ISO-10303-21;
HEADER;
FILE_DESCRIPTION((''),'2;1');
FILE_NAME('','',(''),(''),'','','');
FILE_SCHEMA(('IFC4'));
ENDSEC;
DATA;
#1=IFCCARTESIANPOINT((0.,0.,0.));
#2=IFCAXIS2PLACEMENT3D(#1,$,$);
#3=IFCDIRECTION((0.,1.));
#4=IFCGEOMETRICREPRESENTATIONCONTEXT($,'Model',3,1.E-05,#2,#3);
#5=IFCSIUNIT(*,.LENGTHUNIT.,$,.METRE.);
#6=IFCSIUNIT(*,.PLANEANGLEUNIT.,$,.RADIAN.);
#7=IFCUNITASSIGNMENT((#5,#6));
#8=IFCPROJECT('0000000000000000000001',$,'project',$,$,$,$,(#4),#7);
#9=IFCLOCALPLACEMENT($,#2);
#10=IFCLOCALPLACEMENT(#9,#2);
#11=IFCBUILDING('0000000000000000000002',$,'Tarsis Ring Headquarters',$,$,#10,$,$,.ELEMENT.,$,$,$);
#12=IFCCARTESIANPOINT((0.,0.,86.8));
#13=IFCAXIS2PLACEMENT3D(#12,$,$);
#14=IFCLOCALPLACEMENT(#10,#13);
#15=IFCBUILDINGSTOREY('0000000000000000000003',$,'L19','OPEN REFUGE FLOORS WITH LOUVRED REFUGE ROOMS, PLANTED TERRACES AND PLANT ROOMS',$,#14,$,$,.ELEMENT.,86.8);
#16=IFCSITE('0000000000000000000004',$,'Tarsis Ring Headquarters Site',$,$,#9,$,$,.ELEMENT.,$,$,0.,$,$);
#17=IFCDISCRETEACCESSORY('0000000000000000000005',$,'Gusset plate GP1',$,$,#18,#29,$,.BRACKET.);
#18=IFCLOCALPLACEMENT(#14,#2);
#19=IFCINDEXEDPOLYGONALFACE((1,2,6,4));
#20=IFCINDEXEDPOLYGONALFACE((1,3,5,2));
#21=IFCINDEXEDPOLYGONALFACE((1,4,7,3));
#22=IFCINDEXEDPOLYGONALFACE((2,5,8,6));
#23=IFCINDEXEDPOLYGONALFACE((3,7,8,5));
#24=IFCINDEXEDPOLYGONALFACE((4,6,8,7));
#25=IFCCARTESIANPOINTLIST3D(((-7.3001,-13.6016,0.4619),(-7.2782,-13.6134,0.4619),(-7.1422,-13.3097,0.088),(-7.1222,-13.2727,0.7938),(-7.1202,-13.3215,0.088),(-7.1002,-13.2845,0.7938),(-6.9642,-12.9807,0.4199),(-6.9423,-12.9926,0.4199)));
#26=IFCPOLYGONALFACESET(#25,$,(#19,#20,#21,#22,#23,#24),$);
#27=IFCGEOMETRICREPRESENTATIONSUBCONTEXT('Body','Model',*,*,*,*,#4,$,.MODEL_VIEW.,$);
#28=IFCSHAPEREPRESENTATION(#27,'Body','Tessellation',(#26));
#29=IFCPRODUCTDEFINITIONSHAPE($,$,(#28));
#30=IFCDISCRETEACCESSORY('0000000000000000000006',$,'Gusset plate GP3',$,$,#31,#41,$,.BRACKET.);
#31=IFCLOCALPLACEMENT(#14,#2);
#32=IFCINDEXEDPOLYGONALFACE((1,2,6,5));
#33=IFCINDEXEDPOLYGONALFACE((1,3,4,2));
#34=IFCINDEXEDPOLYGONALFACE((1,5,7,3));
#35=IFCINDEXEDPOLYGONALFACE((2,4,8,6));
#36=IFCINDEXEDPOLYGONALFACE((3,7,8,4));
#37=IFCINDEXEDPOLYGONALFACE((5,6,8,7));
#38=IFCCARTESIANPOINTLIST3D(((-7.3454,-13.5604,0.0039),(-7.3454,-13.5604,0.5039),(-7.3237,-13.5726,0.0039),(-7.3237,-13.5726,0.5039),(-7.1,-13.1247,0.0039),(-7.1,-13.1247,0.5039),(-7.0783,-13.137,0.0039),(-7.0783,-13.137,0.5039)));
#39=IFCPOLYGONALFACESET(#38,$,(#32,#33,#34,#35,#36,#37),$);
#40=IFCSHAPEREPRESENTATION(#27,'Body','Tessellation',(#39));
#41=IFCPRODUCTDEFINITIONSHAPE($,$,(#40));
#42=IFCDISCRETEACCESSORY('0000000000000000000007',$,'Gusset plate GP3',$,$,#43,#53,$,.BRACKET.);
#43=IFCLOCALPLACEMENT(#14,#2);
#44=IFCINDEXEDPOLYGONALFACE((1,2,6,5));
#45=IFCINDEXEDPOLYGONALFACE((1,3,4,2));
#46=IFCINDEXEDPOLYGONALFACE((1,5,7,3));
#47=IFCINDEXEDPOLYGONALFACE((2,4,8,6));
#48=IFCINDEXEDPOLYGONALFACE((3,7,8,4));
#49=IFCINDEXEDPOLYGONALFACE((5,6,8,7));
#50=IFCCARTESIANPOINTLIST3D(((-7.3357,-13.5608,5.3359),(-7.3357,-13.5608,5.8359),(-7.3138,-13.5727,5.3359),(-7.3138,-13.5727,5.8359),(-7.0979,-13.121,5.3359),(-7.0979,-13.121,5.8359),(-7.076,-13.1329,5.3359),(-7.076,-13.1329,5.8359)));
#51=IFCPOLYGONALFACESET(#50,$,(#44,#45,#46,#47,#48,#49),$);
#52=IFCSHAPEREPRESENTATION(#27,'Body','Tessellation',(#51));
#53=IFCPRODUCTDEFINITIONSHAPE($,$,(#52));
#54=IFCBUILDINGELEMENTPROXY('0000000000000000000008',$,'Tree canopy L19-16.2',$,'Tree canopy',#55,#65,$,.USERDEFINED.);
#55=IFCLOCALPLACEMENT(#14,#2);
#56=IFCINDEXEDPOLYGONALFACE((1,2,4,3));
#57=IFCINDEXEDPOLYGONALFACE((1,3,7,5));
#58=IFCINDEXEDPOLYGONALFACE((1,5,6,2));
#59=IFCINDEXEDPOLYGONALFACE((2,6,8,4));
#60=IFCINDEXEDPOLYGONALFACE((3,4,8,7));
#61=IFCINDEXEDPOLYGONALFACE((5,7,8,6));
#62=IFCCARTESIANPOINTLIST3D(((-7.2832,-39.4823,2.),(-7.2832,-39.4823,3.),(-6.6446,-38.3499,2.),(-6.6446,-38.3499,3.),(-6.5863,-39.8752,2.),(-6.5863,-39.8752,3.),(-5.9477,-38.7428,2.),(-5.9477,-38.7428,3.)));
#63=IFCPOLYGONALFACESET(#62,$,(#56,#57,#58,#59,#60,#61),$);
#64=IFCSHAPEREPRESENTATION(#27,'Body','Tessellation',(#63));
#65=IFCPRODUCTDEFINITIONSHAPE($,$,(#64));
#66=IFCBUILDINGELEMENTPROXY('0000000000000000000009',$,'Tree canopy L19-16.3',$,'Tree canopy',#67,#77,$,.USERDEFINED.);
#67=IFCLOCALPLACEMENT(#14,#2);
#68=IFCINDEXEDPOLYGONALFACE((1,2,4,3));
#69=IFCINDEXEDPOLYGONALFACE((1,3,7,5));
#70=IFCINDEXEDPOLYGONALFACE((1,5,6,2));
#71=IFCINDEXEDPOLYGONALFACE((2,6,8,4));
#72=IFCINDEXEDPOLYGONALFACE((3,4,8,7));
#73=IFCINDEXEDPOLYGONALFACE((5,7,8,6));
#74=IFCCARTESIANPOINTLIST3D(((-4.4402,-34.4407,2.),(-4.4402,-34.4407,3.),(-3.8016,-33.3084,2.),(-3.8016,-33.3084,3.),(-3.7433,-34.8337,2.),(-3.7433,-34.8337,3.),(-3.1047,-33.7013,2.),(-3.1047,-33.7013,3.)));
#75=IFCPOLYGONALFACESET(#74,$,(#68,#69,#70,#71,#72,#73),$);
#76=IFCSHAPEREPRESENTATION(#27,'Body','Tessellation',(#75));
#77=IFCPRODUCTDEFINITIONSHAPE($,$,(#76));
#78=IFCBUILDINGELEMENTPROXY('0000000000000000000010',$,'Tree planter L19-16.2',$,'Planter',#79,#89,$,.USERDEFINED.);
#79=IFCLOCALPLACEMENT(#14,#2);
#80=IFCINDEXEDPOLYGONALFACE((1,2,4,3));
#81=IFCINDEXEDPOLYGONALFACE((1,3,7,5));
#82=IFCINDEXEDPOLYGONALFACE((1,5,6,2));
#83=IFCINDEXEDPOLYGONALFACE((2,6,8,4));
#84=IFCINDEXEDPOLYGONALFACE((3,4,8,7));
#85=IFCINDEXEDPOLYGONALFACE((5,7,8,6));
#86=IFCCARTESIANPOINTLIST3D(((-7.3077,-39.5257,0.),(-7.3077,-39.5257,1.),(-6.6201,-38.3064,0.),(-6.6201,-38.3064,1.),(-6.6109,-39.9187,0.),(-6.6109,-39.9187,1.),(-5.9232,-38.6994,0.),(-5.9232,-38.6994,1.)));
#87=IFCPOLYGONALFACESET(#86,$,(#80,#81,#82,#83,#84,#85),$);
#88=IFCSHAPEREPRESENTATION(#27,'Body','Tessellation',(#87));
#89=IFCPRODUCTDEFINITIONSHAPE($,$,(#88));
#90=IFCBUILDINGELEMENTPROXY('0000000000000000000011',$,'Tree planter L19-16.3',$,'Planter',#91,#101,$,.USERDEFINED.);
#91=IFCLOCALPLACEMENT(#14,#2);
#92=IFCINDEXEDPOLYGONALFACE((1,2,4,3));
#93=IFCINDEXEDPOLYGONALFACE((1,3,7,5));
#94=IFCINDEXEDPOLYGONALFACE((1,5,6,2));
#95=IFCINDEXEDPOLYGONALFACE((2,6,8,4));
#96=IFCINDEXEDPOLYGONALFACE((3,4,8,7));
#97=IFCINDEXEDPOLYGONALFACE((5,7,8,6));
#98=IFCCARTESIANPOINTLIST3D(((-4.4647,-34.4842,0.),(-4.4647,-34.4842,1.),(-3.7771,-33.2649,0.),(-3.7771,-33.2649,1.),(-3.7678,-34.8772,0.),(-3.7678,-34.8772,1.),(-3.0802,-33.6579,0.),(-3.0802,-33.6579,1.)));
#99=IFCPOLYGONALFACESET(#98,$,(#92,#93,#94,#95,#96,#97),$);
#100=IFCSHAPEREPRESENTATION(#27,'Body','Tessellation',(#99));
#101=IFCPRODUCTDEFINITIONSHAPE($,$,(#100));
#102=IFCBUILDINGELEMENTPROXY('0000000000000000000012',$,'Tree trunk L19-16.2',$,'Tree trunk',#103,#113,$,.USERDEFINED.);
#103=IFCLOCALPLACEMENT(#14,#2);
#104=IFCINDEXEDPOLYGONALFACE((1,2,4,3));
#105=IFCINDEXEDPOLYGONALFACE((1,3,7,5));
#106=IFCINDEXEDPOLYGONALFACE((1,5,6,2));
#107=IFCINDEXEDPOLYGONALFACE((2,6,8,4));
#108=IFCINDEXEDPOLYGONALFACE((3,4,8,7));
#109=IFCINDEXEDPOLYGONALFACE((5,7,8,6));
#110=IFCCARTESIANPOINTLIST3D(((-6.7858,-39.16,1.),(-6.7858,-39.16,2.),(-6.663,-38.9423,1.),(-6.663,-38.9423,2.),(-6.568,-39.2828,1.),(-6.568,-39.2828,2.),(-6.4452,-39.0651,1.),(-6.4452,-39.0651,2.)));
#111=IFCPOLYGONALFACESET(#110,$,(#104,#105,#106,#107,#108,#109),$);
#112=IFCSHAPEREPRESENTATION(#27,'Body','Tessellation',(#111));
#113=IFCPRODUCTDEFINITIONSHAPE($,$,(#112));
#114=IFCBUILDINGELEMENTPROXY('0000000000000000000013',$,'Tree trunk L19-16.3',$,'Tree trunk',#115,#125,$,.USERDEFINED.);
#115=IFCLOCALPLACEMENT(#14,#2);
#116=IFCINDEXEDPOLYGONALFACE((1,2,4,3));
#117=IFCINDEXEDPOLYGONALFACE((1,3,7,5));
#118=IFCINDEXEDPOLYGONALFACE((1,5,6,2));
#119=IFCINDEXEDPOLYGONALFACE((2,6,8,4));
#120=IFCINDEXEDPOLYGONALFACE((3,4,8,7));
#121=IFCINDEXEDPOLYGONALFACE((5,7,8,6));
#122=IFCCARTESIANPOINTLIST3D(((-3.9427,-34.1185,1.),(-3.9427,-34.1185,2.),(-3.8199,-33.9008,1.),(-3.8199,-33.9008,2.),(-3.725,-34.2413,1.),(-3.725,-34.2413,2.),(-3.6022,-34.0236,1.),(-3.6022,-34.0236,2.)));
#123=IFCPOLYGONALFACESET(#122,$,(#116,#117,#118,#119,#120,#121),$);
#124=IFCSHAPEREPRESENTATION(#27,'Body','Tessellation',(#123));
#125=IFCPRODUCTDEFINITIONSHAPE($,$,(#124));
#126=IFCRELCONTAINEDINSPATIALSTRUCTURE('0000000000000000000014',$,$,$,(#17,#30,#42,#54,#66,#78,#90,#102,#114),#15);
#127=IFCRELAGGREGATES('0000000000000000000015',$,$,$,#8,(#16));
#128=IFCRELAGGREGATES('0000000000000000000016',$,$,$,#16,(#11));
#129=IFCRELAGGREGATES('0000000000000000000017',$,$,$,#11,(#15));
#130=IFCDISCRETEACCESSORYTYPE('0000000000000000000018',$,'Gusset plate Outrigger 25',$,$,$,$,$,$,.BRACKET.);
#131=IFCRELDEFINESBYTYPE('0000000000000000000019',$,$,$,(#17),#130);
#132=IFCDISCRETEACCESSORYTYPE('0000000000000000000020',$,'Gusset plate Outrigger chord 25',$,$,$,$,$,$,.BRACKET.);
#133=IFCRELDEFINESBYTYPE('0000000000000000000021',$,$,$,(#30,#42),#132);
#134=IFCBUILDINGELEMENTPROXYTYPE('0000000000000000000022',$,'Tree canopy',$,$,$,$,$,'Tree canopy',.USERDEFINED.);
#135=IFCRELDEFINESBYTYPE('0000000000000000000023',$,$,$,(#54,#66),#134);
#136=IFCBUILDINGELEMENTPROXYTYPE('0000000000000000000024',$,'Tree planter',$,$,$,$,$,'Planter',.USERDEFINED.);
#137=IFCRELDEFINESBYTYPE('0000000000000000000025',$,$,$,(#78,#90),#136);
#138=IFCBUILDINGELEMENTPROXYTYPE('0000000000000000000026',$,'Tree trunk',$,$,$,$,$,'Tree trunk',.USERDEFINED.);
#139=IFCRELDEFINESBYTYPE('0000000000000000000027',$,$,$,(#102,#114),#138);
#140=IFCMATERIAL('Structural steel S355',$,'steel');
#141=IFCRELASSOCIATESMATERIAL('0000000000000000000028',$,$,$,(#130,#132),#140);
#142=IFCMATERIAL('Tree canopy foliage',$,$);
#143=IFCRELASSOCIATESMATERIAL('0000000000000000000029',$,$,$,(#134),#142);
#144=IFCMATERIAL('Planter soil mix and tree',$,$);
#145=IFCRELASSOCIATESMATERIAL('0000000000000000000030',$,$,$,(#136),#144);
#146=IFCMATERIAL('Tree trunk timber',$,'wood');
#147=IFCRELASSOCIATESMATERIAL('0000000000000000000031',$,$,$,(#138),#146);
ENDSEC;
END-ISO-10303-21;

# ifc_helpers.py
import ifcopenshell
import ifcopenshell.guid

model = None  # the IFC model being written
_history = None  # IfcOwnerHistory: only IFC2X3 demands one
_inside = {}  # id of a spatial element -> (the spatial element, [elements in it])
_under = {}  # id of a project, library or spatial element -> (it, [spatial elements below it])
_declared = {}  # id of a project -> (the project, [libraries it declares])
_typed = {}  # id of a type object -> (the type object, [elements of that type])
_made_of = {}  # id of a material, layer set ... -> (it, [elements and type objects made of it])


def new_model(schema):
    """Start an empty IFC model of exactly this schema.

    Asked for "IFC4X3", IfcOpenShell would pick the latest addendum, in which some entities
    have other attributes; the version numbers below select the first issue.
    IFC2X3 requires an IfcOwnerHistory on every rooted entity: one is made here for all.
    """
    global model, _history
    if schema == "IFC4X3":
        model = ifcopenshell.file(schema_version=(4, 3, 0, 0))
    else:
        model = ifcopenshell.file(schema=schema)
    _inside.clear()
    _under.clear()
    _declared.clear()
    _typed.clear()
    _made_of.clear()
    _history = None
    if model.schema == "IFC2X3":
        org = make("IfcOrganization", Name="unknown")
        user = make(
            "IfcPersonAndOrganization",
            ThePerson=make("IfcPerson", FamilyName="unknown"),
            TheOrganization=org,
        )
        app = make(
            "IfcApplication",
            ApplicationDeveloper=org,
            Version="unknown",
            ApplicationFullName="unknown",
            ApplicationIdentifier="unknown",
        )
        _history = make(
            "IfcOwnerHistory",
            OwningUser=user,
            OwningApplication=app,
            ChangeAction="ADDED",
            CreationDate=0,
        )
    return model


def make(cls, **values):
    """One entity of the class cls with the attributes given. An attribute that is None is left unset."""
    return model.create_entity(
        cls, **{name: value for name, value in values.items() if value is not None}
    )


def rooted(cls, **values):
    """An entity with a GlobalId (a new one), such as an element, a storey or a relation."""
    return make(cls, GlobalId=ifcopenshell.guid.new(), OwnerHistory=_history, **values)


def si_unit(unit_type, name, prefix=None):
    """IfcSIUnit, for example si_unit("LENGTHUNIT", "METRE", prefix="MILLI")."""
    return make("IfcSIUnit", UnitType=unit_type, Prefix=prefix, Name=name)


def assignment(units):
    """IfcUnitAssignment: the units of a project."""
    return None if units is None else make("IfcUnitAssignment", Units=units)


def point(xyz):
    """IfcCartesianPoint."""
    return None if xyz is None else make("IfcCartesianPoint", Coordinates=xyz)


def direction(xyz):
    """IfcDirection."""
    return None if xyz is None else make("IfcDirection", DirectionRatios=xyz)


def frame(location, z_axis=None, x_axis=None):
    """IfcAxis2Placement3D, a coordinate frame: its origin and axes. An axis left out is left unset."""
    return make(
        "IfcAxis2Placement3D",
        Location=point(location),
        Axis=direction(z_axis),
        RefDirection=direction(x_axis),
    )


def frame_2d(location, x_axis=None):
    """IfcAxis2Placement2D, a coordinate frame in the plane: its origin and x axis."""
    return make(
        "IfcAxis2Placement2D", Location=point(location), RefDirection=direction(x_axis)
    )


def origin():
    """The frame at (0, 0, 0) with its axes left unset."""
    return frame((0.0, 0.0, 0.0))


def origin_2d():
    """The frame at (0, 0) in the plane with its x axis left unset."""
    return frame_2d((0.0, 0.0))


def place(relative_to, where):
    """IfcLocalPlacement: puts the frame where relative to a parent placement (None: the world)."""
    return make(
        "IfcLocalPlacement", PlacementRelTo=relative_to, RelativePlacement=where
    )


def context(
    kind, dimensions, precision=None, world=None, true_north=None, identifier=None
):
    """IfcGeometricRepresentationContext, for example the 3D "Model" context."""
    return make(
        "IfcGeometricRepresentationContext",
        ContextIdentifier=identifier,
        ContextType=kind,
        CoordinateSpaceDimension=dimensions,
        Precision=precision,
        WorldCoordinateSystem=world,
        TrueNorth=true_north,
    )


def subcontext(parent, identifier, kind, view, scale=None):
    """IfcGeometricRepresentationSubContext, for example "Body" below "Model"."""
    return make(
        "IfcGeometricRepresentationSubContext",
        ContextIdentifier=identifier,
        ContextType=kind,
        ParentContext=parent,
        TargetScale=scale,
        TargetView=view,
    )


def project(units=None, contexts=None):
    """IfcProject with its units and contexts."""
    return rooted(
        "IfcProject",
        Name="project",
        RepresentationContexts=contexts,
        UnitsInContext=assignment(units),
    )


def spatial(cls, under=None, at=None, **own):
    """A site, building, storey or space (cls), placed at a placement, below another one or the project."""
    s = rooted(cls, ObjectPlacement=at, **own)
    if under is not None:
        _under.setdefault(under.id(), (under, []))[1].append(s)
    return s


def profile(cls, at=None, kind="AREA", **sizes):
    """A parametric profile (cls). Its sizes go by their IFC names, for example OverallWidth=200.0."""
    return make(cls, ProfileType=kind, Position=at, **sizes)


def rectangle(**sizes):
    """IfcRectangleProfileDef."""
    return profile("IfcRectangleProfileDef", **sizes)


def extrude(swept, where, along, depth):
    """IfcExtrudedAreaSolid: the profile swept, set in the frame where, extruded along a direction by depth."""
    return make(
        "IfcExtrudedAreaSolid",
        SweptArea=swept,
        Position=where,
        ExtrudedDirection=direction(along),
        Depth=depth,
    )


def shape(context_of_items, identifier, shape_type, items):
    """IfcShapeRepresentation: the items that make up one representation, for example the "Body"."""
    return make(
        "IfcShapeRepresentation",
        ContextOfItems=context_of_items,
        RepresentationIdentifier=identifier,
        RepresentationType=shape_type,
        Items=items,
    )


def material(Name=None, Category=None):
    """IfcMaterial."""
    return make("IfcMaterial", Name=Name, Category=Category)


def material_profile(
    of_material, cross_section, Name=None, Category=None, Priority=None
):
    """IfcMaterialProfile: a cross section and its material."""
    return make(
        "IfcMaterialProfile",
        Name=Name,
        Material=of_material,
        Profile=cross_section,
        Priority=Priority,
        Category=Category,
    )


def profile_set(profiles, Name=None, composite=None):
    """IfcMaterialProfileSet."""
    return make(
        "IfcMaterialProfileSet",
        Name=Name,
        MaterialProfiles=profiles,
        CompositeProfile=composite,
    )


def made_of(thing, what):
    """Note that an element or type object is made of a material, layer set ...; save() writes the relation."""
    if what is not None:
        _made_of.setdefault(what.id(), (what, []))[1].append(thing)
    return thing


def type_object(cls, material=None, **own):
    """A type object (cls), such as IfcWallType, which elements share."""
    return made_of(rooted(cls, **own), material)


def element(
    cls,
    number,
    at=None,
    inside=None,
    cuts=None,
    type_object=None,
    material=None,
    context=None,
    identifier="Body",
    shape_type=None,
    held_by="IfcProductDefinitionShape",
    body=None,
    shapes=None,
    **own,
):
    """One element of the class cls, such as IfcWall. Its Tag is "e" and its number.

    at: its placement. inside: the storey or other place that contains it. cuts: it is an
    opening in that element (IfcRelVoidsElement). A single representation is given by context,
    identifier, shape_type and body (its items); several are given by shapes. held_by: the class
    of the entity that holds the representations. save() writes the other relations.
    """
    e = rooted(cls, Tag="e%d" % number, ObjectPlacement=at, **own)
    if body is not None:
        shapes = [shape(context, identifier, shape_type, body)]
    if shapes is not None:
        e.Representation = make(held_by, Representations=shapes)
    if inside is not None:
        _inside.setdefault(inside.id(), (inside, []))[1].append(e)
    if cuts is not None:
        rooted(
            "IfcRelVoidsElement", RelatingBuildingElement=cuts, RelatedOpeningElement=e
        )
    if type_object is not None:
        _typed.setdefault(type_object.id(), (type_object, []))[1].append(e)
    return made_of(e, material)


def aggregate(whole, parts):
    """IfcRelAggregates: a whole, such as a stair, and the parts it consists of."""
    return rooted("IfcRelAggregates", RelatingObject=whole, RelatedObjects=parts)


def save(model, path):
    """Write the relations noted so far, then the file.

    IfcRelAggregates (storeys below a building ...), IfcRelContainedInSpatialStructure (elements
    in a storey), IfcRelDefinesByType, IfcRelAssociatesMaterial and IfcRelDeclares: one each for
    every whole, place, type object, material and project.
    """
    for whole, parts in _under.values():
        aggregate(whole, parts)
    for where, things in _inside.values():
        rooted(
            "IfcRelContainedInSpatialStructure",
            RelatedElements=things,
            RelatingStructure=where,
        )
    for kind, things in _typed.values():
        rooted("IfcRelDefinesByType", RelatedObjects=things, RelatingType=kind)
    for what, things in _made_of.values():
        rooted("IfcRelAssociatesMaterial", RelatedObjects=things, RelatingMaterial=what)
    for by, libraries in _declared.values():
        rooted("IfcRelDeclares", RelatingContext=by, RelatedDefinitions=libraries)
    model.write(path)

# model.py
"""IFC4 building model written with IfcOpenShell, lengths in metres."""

from ifc_helpers import new_model, si_unit, direction, frame, origin, origin_2d, place, context, subcontext, project, spatial, rectangle, extrude, material, material_profile, profile_set, type_object, element, save


model = new_model("IFC4")

# Units and contexts
model_context = context("Model", 3, precision=1e-05, world=origin(), true_north=direction((0.0, 1.0)))
body_context = subcontext(model_context, "Body", "Model", "MODEL_VIEW")
ifc_project = project(units=[si_unit("LENGTHUNIT", "METRE"), si_unit("PLANEANGLEUNIT", "RADIAN")], contexts=[model_context])

# Site, building, storey
site_placement = place(None, origin())
site = spatial("IfcSite", under=ifc_project, at=site_placement, Name="Tarsis Ring Headquarters Site", CompositionType="ELEMENT", RefElevation=0.0)
building_placement = place(site_placement, origin())
building = spatial("IfcBuilding", under=site, at=building_placement, Name="Tarsis Ring Headquarters", CompositionType="ELEMENT")
storey_placement = place(building_placement, frame((0.0, 0.0, 86.8)))
storey = spatial("IfcBuildingStorey", under=building, at=storey_placement, Name="L19", Description="OPEN REFUGE FLOORS WITH LOUVRED REFUGE ROOMS, PLANTED TERRACES AND PLANT ROOMS", CompositionType="ELEMENT", Elevation=86.8)

# Shared definitions
ifc_material_1 = material(Name="Structural steel S355", Category="steel")

# Discrete accessories
ifc_material_profile_1 = material_profile(ifc_material_1, rectangle(XDim=0.0249, YDim=0.5, at=origin_2d()), Name="PL 25x500")
ifc_profile_set_1 = profile_set([ifc_material_profile_1], Name="Structural steel S355")
discrete_accessory_type_1 = type_object("IfcDiscreteAccessoryType", Name="Gusset plate Outrigger 25", PredefinedType="BRACKET", material=ifc_profile_set_1)
discrete_accessory_placement = place(storey_placement, frame((-7.0422, -13.1511, 0.2539), z_axis=(-0.315852, -0.583863, 0.747891), x_axis=(0.879548, -0.475809, 0.0)))
element("IfcDiscreteAccessory", 1, at=discrete_accessory_placement, inside=storey, type_object=discrete_accessory_type_1, Name="Gusset plate GP1", PredefinedType="BRACKET", context=body_context, shape_type="SweptSolid", body=[
    extrude(rectangle(XDim=0.0249, YDim=0.5, at=origin_2d()), origin(), (0.0, 0.0, 1.0), 0.5),
])
discrete_accessory_type_2 = type_object("IfcDiscreteAccessoryType", Name="Gusset plate Outrigger chord 25", PredefinedType="BRACKET", material=ifc_profile_set_1)
for number, where, z_axis, x_axis, name in (
    (2, (-7.0891, -13.1309, 0.2539), (-0.490818, -0.871262, 0.0), (0.871262, -0.490818, 0.0), "Gusset plate GP3"),
    (3, (-7.0869, -13.127, 5.5859), (-0.475701, -0.879607, 0.0), (0.879607, -0.475701, 0.0), "Gusset plate GP3"),
):
    element("IfcDiscreteAccessory", number, at=place(storey_placement, frame(where, z_axis=z_axis, x_axis=x_axis)), inside=storey, type_object=discrete_accessory_type_2, Name=name, PredefinedType="BRACKET", context=body_context, shape_type="SweptSolid", body=[
        extrude(rectangle(XDim=0.0249, YDim=0.5, at=origin_2d()), origin(), (0.0, 0.0, 1.0), 0.5),
    ])

# Building element proxies
ifc_material_2 = material(Name="Tree canopy foliage")
building_element_proxy_type_1 = type_object("IfcBuildingElementProxyType", Name="Tree canopy", ElementType="Tree canopy", PredefinedType="USERDEFINED", material=ifc_material_2)
for number, where, z_axis, x_axis, name in (
    (4, (-6.6155, -39.1125, 2.0), (0.0, 0.0, 1.0), (0.491208, 0.871042, 0.0), "Tree canopy L19-16.2"),
    (5, (-3.7725, -34.071, 2.0), (0.0, 0.0, 1.0), (0.491208, 0.871042, 0.0), "Tree canopy L19-16.3"),
):
    element("IfcBuildingElementProxy", number, at=place(storey_placement, frame(where, z_axis=z_axis, x_axis=x_axis)), inside=storey, type_object=building_element_proxy_type_1, Name=name, ObjectType="Tree canopy", PredefinedType="USERDEFINED", context=body_context, shape_type="SweptSolid", body=[
        extrude(rectangle(XDim=1.3, YDim=0.8, at=origin_2d()), origin(), (0.0, 0.0, 1.0), 1.0),
    ])
ifc_material_3 = material(Name="Planter soil mix and tree")
building_element_proxy_type_2 = type_object("IfcBuildingElementProxyType", Name="Tree planter", ElementType="Planter", PredefinedType="USERDEFINED", material=ifc_material_3)
for number, where, z_axis, x_axis, name in (
    (6, (-6.6155, -39.1125, 0.0), (0.0, 0.0, 1.0), (0.491208, 0.871042, 0.0), "Tree planter L19-16.2"),
    (7, (-3.7725, -34.071, 0.0), (0.0, 0.0, 1.0), (0.491208, 0.871042, 0.0), "Tree planter L19-16.3"),
):
    element("IfcBuildingElementProxy", number, at=place(storey_placement, frame(where, z_axis=z_axis, x_axis=x_axis)), inside=storey, type_object=building_element_proxy_type_2, Name=name, ObjectType="Planter", PredefinedType="USERDEFINED", context=body_context, shape_type="SweptSolid", body=[
        extrude(rectangle(XDim=1.3999, YDim=0.8, at=origin_2d()), origin(), (0.0, 0.0, 1.0), 1.0),
    ])
ifc_material_4 = material(Name="Tree trunk timber", Category="wood")
building_element_proxy_type_3 = type_object("IfcBuildingElementProxyType", Name="Tree trunk", ElementType="Tree trunk", PredefinedType="USERDEFINED", material=ifc_material_4)
for number, where, z_axis, x_axis, name in (
    (8, (-6.6155, -39.1125, 1.0), (0.0, 0.0, 1.0), (0.491208, 0.871042, 0.0), "Tree trunk L19-16.2"),
    (9, (-3.7725, -34.071, 1.0), (0.0, 0.0, 1.0), (0.491208, 0.871042, 0.0), "Tree trunk L19-16.3"),
):
    element("IfcBuildingElementProxy", number, at=place(storey_placement, frame(where, z_axis=z_axis, x_axis=x_axis)), inside=storey, type_object=building_element_proxy_type_3, Name=name, ObjectType="Tree trunk", PredefinedType="USERDEFINED", context=body_context, shape_type="SweptSolid", body=[
        extrude(rectangle(XDim=0.25, YDim=0.25, at=origin_2d()), origin(), (0.0, 0.0, 1.0), 1.0),
    ])

save(model, "model.ifc")
